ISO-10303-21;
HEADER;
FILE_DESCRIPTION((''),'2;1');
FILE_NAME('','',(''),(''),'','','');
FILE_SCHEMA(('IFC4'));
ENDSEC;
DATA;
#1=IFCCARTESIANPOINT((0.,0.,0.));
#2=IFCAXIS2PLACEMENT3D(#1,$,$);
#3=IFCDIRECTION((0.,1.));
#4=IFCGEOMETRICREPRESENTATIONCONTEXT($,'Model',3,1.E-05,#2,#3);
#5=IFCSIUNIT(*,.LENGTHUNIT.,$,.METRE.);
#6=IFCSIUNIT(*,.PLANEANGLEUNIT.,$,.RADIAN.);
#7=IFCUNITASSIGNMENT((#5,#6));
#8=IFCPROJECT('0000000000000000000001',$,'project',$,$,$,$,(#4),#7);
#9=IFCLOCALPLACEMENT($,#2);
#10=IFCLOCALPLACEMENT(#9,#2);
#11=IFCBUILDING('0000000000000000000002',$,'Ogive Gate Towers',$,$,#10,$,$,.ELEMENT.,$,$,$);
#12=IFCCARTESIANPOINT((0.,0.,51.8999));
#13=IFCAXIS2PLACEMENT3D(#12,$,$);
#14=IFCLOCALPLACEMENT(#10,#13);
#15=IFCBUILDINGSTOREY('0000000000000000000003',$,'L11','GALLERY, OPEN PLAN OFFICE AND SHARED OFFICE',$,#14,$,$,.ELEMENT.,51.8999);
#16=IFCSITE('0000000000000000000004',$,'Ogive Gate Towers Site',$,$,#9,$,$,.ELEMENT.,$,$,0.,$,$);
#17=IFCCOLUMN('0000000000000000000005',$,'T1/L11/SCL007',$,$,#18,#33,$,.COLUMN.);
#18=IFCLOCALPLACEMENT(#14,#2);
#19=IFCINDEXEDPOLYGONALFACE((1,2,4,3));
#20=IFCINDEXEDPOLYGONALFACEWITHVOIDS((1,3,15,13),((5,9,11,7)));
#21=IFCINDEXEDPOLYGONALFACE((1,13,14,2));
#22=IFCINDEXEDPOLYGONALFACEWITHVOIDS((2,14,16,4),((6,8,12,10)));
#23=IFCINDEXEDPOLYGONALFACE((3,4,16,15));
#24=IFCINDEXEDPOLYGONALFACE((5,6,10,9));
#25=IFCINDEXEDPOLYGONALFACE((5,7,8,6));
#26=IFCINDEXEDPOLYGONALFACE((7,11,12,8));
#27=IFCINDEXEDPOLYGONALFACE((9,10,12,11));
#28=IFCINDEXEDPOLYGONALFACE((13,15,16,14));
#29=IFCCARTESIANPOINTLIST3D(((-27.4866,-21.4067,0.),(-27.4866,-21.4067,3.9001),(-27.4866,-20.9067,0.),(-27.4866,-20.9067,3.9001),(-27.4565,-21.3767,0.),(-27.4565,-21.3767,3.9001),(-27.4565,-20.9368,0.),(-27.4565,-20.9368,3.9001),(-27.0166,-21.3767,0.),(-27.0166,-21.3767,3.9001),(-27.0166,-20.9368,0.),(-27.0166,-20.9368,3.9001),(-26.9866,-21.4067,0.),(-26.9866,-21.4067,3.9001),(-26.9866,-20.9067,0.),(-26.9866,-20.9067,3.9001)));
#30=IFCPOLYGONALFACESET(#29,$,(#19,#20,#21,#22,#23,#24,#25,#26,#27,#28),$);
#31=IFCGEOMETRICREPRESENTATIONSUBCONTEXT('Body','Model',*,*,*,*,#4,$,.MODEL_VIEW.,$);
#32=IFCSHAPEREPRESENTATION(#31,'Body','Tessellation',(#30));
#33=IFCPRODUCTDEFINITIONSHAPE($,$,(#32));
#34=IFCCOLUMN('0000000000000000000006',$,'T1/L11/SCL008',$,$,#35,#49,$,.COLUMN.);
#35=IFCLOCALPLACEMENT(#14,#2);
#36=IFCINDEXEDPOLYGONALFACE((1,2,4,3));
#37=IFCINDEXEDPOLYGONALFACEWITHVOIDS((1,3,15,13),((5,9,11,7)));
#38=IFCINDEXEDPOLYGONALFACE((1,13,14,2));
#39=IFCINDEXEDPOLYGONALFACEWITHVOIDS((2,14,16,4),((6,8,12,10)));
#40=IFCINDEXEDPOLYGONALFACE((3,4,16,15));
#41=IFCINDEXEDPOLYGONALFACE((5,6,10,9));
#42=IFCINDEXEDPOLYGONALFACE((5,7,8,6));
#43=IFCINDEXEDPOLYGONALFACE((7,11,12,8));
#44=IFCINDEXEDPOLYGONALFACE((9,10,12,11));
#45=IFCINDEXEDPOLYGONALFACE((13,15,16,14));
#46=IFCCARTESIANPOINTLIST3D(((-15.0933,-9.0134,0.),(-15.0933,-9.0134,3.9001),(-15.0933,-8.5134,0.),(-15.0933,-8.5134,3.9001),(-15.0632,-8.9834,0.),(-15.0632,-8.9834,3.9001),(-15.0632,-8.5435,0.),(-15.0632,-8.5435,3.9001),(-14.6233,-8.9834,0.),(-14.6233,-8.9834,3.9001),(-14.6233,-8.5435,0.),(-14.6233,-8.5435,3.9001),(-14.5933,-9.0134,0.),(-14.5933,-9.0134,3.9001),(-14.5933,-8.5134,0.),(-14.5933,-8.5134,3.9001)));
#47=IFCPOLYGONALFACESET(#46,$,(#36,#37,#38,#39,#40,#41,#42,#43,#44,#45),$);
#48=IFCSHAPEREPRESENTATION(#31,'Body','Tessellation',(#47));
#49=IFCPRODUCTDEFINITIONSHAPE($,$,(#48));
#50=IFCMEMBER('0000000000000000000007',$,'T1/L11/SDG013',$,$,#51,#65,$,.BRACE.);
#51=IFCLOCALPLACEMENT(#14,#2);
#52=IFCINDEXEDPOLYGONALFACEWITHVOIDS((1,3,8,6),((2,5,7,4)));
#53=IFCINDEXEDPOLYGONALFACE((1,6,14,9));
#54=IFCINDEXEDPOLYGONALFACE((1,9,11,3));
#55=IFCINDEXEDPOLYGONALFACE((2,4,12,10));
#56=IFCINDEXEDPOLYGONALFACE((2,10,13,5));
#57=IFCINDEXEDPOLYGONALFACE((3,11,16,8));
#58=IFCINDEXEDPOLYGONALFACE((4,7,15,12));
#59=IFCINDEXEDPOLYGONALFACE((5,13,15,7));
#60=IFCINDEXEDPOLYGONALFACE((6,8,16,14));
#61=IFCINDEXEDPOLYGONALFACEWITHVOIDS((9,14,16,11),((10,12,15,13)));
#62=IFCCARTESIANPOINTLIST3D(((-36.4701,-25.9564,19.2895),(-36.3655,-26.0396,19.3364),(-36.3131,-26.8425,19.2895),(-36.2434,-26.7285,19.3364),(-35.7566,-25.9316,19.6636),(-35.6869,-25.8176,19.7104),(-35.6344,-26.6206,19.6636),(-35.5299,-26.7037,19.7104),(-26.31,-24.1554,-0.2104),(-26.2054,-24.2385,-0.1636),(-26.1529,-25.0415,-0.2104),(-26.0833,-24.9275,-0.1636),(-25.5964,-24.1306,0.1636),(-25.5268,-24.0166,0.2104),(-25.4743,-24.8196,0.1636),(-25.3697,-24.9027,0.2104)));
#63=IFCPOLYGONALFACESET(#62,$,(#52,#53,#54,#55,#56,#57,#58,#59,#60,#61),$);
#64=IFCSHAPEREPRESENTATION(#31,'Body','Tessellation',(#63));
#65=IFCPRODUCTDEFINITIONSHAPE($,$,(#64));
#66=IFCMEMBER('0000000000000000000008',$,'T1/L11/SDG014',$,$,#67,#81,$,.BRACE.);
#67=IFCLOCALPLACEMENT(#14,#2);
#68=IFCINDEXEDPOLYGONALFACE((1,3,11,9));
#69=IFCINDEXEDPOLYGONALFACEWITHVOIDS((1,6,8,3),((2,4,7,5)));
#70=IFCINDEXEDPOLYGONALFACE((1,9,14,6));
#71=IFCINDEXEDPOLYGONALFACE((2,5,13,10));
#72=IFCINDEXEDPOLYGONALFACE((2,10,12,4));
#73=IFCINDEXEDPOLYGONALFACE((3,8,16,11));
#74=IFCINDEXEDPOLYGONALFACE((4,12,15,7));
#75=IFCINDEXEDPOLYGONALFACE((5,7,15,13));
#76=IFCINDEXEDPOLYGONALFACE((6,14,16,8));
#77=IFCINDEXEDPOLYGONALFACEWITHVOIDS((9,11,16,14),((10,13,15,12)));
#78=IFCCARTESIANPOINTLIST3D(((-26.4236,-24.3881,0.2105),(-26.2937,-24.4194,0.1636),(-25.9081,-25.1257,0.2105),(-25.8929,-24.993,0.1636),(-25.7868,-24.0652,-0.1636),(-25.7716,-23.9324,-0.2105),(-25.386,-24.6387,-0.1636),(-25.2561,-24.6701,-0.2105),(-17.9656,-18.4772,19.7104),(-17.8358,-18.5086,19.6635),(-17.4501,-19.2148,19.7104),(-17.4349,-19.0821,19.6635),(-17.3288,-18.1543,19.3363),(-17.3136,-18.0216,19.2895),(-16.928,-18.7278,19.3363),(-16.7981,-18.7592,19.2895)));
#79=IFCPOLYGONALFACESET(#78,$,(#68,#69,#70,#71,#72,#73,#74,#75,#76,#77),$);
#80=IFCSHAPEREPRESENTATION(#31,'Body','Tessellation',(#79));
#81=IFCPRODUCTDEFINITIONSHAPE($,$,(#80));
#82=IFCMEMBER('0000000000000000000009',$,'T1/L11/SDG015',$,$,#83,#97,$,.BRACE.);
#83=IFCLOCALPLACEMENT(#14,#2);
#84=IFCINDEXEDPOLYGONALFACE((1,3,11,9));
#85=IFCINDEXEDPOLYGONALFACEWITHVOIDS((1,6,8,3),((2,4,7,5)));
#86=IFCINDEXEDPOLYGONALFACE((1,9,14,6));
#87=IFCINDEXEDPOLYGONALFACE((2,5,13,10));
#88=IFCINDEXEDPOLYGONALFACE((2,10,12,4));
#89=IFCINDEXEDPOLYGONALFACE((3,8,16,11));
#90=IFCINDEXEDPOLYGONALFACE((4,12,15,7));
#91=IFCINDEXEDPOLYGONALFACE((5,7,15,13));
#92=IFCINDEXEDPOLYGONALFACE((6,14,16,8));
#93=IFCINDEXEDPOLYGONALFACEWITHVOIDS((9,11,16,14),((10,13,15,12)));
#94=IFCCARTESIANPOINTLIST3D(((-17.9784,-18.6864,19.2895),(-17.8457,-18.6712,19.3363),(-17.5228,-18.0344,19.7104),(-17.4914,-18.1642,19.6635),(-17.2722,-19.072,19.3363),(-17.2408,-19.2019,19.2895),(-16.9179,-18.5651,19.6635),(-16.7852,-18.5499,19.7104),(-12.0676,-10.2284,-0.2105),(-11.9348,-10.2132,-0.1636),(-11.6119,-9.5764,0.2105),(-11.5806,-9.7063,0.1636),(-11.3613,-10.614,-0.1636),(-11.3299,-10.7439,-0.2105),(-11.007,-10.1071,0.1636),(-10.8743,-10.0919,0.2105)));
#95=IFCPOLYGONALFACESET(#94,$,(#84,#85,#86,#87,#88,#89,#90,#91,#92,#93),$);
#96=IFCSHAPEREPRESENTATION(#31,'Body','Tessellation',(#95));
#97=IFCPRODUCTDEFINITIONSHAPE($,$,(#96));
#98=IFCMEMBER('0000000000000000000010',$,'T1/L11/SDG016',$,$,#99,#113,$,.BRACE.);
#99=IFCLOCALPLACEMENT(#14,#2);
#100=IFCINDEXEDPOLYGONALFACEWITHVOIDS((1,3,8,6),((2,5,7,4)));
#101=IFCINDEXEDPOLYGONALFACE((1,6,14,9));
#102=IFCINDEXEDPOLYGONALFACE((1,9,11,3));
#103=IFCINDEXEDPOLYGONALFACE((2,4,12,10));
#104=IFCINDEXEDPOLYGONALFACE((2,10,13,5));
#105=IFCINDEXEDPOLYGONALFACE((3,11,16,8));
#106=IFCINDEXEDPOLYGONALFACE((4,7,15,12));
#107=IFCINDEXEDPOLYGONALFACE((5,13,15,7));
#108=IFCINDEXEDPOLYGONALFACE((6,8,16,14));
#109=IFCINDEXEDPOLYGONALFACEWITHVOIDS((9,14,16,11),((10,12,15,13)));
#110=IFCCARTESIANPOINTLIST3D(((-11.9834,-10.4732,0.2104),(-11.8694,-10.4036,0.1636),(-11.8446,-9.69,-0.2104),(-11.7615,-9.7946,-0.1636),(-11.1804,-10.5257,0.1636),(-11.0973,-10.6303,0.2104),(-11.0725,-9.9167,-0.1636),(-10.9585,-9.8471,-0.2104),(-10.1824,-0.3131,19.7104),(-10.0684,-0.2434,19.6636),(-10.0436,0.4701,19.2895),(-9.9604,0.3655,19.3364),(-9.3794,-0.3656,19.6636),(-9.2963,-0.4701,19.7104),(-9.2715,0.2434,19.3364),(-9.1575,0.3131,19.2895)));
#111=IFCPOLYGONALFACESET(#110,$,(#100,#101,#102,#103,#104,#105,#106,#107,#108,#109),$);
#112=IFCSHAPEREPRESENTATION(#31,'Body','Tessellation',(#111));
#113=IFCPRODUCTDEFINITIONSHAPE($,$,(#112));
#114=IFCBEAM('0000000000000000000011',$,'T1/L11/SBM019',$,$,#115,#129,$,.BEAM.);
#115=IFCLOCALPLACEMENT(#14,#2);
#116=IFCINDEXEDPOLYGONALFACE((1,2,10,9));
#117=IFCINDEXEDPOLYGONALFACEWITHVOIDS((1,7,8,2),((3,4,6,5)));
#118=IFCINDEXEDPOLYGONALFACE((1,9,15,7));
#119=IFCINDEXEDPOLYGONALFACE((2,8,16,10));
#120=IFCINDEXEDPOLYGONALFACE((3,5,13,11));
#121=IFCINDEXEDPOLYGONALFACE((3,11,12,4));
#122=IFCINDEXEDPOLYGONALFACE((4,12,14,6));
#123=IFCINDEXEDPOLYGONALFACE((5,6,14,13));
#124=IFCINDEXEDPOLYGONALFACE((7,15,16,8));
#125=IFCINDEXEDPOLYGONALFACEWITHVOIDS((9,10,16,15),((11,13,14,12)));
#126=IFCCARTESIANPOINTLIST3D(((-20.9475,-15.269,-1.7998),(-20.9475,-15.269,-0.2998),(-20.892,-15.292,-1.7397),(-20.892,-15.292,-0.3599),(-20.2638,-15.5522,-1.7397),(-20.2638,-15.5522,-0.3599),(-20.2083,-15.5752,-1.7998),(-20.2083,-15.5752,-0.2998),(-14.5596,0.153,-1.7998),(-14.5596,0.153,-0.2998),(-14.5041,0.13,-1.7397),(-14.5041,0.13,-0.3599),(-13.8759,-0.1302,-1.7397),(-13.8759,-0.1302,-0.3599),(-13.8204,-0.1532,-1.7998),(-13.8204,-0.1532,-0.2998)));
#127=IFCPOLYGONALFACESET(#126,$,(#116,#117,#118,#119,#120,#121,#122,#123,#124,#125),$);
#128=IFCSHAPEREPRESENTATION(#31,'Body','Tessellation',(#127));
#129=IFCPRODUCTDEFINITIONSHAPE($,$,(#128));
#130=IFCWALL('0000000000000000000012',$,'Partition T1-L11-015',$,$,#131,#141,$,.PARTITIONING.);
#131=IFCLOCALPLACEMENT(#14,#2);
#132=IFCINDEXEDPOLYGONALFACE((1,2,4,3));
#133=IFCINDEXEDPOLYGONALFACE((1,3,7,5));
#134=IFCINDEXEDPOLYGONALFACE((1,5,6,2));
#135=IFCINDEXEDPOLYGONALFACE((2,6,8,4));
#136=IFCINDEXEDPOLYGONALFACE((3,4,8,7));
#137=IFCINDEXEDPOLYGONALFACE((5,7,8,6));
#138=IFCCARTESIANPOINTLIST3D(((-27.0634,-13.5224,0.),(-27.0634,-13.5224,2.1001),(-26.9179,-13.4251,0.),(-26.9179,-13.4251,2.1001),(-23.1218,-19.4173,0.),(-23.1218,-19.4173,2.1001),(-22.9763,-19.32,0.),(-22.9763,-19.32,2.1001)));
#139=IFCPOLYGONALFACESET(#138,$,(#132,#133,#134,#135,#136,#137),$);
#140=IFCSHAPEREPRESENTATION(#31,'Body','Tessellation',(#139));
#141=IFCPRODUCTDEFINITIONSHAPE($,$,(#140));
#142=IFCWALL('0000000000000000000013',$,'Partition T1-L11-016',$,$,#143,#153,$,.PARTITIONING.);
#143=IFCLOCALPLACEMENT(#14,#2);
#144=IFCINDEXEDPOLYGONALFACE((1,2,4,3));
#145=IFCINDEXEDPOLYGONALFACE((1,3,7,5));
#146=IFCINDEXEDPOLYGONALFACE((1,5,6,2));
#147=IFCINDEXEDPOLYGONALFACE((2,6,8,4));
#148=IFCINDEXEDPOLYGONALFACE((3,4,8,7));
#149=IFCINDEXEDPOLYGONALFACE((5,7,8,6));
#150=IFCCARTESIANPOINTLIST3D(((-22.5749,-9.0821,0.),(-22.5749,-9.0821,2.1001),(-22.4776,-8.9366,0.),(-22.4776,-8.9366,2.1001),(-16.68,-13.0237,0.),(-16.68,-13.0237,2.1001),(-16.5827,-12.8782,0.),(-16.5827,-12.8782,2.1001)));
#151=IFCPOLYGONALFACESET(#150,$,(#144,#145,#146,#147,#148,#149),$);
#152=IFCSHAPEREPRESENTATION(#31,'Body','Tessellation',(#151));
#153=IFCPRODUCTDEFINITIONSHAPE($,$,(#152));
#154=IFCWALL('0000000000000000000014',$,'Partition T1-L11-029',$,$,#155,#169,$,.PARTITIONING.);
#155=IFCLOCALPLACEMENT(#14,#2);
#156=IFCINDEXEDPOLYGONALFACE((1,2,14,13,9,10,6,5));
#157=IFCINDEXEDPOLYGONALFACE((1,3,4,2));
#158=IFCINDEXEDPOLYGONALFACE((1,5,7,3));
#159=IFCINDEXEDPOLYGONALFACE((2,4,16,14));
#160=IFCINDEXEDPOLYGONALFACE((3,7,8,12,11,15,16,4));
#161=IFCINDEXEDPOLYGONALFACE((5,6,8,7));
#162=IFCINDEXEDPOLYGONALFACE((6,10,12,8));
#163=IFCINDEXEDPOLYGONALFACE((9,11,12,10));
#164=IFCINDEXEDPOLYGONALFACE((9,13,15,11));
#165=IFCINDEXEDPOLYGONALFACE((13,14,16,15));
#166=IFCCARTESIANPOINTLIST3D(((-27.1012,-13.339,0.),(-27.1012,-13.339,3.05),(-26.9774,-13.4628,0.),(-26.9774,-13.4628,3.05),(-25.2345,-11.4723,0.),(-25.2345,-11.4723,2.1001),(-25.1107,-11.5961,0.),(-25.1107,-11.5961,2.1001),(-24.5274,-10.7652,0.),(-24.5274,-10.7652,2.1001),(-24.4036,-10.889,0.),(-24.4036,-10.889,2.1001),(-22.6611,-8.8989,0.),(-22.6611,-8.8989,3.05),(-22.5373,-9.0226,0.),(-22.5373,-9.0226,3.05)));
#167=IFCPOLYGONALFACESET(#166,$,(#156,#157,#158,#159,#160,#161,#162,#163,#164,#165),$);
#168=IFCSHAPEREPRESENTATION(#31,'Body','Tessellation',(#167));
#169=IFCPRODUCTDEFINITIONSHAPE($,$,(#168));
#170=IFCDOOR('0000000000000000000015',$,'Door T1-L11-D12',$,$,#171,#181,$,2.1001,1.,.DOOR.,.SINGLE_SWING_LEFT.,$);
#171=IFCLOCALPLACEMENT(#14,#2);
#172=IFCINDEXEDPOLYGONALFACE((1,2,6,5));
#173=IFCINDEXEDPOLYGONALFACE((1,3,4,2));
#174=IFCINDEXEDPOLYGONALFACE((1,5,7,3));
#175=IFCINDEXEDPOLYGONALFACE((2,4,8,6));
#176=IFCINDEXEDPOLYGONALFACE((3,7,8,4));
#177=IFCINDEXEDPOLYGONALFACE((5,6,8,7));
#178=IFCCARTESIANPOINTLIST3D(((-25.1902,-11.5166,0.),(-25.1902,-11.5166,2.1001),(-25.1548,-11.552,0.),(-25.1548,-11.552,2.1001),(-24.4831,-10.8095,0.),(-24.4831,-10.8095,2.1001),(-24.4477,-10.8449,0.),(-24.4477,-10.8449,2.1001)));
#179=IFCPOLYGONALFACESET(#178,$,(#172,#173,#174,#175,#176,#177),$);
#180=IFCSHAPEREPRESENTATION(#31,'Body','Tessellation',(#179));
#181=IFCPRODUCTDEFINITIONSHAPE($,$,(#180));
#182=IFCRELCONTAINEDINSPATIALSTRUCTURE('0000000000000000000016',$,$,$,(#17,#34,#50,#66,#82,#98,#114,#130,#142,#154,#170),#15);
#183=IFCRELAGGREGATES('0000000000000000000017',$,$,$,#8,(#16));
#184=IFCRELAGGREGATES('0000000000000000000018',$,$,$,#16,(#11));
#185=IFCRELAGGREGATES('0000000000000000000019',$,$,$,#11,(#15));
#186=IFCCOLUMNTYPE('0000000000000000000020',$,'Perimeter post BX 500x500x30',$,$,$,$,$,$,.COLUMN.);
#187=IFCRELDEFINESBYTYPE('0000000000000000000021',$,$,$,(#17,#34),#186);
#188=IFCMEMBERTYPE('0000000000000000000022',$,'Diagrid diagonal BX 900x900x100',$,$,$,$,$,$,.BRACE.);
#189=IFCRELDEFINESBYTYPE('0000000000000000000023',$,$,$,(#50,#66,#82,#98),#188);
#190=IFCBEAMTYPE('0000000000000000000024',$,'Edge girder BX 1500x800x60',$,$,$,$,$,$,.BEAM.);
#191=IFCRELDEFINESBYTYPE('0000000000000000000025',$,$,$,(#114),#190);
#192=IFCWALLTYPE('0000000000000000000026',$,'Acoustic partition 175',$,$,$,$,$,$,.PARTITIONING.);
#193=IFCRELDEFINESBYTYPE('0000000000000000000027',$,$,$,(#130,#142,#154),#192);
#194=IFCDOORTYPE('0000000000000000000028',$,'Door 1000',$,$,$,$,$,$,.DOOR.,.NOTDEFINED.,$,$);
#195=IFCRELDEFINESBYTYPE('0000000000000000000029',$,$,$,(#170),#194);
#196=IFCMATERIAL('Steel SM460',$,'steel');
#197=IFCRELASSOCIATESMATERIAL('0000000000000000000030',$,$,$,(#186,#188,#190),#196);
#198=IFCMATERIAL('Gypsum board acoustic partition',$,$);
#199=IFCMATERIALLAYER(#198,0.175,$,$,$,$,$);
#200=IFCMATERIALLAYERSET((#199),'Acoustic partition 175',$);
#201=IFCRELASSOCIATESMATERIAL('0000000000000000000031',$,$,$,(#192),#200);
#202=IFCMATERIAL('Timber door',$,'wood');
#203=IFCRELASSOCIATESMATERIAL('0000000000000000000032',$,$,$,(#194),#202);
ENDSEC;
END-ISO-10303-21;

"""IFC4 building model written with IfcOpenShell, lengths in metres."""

from ifc_helpers import new_model, si_unit, direction, frame, frame_2d, origin, origin_2d, place, context, subcontext, project, spatial, rectangle, hollow_rectangle, extrude, material, layer, layer_set, material_profile, profile_set, type_object, element, fill, save


model = new_model("IFC4")

# Units and contexts
model_context = context("Model", 3, precision=1e-05, world=origin(), true_north=direction((0.0, 1.0)))
body_context = subcontext(model_context, "Body", "Model", "MODEL_VIEW")
ifc_project = project(units=[si_unit("LENGTHUNIT", "METRE"), si_unit("PLANEANGLEUNIT", "RADIAN")], contexts=[model_context])

# Site, building, storey
site_placement = place(None, origin())
site = spatial("IfcSite", under=ifc_project, at=site_placement, Name="Ogive Gate Towers Site", CompositionType="ELEMENT", RefElevation=0.0)
building_placement = place(site_placement, origin())
building = spatial("IfcBuilding", under=site, at=building_placement, Name="Ogive Gate Towers", CompositionType="ELEMENT")
storey_placement = place(building_placement, frame((0.0, 0.0, 51.8999)))
storey = spatial("IfcBuildingStorey", under=building, at=storey_placement, Name="L11", Description="GALLERY, OPEN PLAN OFFICE AND SHARED OFFICE", CompositionType="ELEMENT", Elevation=51.8999)

# Columns
ifc_material_1 = material(Name="Steel SM460", Category="steel")
ifc_material_profile_1 = material_profile(ifc_material_1, hollow_rectangle(XDim=0.5, YDim=0.5, WallThickness=0.03, at=origin_2d()), Name="BX 500x500x30")
ifc_profile_set_1 = profile_set([ifc_material_profile_1], Name="Steel SM460")
column_type = type_object("IfcColumnType", Name="Perimeter post BX 500x500x30", PredefinedType="COLUMN", material=ifc_profile_set_1)
for number, where, z_axis, x_axis, name in (
    (1, (-27.2366, -21.1567, 0.0), (0.0, 0.0, 1.0), (1.0, 0.0, 0.0), "T1/L11/SCL007"),
    (2, (-14.8433, -8.7634, 0.0), (0.0, 0.0, 1.0), (1.0, 0.0, 0.0), "T1/L11/SCL008"),
):
    element("IfcColumn", number, at=place(storey_placement, frame(where, z_axis=z_axis, x_axis=x_axis)), inside=storey, type_object=column_type, Name=name, PredefinedType="COLUMN", context=body_context, shape_type="SweptSolid", body=[
        extrude(hollow_rectangle(XDim=0.5, YDim=0.5, WallThickness=0.03, at=origin_2d()), origin(), (0.0, 0.0, 1.0), 3.9001),
    ])

# Members
ifc_material_profile_2 = material_profile(ifc_material_1, hollow_rectangle(XDim=0.8999, YDim=0.8999, WallThickness=0.1001, at=origin_2d()), Name="BX 900x900x100")
ifc_profile_set_2 = profile_set([ifc_material_profile_2], Name="Steel SM460")
member_type = type_object("IfcMemberType", Name="Diagrid diagonal BX 900x900x100", PredefinedType="BRACE", material=ifc_profile_set_2)
for number, where, z_axis, x_axis, name in (
    (3, (-25.8398, -24.5291, 0.0), (-0.460532, -0.081636, 0.883881), (0.174542, -0.98465, 0.0), "T1/L11/SDG013"),
    (4, (-25.8398, -24.5291, 0.0), (0.383377, 0.267923, 0.883878), (-0.57283, 0.819674, 0.0), "T1/L11/SDG014"),
    (5, (-11.4709, -10.1602, 0.0), (-0.267923, -0.383377, 0.883878), (0.819674, -0.57283, 0.0), "T1/L11/SDG015"),
    (6, (-11.4709, -10.1602, 0.0), (0.081636, 0.460532, 0.883881), (-0.98465, 0.174542, 0.0), "T1/L11/SDG016"),
):
    element("IfcMember", number, at=place(storey_placement, frame(where, z_axis=z_axis, x_axis=x_axis)), inside=storey, type_object=member_type, Name=name, PredefinedType="BRACE", context=body_context, shape_type="SweptSolid", body=[
        extrude(hollow_rectangle(XDim=0.8999, YDim=0.8999, WallThickness=0.1001, at=origin_2d()), origin(), (0.0, 0.0, 1.0), 22.0618),
    ])

# Beam
ifc_material_profile_3 = material_profile(ifc_material_1, hollow_rectangle(XDim=0.8, YDim=1.5, WallThickness=0.0601, at=origin_2d()), Name="BX 1500x800x60")
ifc_profile_set_3 = profile_set([ifc_material_profile_3], Name="Steel SM460")
beam_type = type_object("IfcBeamType", Name="Edge girder BX 1500x800x60", PredefinedType="BEAM", material=ifc_profile_set_3)
beam_placement = place(storey_placement, frame((-20.5779, -15.4221, -1.0498), z_axis=(0.382678, 0.923882, 0.0), x_axis=(-0.923882, 0.382678, 0.0)))
element("IfcBeam", 7, at=beam_placement, inside=storey, type_object=beam_type, Name="T1/L11/SBM019", PredefinedType="BEAM", context=body_context, shape_type="SweptSolid", body=[
    extrude(hollow_rectangle(XDim=0.8, YDim=1.5, WallThickness=0.0601, at=origin_2d()), origin(), (0.0, 0.0, 1.0), 16.6926),
])

# Walls
ifc_material_2 = material(Name="Gypsum board acoustic partition")
ifc_layer_1 = layer(ifc_material_2, 0.175)
ifc_layer_set_1 = layer_set([ifc_layer_1], Name="Acoustic partition 175")
wall_type_1 = type_object("IfcWallType", Name="Acoustic partition 175", PredefinedType="PARTITIONING", material=ifc_layer_set_1)
for number, where, z_axis, x_axis, name in (
    (8, (-23.0491, -19.3687, 0.0), (0.0, 0.0, 1.0), (-0.555836, 0.831292, 0.0), "Partition T1-L11-015"),
    (9, (-16.6313, -12.9509, 0.0), (0.0, 0.0, 1.0), (-0.831292, 0.555836, 0.0), "Partition T1-L11-016"),
):
    element("IfcWall", number, at=place(storey_placement, frame(where, z_axis=z_axis, x_axis=x_axis)), inside=storey, type_object=wall_type_1, Name=name, PredefinedType="PARTITIONING", context=body_context, shape_type="SweptSolid", body=[
        extrude(rectangle(XDim=7.0913, YDim=0.175, at=frame_2d((3.5457, 0.0))), origin(), (0.0, 0.0, 1.0), 2.1001),
    ])

# Wall, opening, door
wall_1_placement = place(storey_placement, frame((-27.0393, -13.4009, 0.0), z_axis=(0.0, 0.0, 1.0), x_axis=(0.707107, 0.707107, 0.0)))
wall_1 = element("IfcWall", 10, at=wall_1_placement, inside=storey, type_object=wall_type_1, Name="Partition T1-L11-029", PredefinedType="PARTITIONING", context=body_context, shape_type="SweptSolid", body=[
    extrude(rectangle(XDim=6.2793, YDim=0.175, at=frame_2d((3.1396, 0.0))), origin(), (0.0, 0.0, 1.0), 3.05),
])
opening_1_placement = place(wall_1_placement, frame((2.6399, 0.0, 0.0)))
opening_1 = element("IfcOpeningElement", 11, at=opening_1_placement, cuts=wall_1, PredefinedType="OPENING", context=body_context, shape_type="SweptSolid", body=[
    extrude(rectangle(XDim=1.0, YDim=2.1001, at=frame_2d((0.5, 1.05))), frame((0.0, 0.0977, 0.0), z_axis=(0.0, -1.0, 0.0), x_axis=(1.0, 0.0, 0.0)), (0.0, 0.0, 1.0), 0.1951),
])
ifc_material_3 = material(Name="Timber door", Category="wood")
door_type_1 = type_object("IfcDoorType", Name="Door 1000", OperationType="NOTDEFINED", PredefinedType="DOOR", material=ifc_material_3)
door_1_placement = place(opening_1_placement, origin())
door_1 = element("IfcDoor", 12, at=door_1_placement, inside=storey, type_object=door_type_1, Name="Door T1-L11-D12", OperationType="SINGLE_SWING_LEFT", OverallHeight=2.1001, OverallWidth=1.0, PredefinedType="DOOR", context=body_context, shape_type="SweptSolid", body=[
    extrude(rectangle(XDim=1.0, YDim=2.1001, at=frame_2d((0.5, 1.05))), frame((0.0, 0.0249, 0.0), z_axis=(0.0, -1.0, 0.0), x_axis=(1.0, 0.0, 0.0)), (0.0, 0.0, 1.0), 0.05),
])
fill(opening_1, door_1)

save(model, "model.ifc")
